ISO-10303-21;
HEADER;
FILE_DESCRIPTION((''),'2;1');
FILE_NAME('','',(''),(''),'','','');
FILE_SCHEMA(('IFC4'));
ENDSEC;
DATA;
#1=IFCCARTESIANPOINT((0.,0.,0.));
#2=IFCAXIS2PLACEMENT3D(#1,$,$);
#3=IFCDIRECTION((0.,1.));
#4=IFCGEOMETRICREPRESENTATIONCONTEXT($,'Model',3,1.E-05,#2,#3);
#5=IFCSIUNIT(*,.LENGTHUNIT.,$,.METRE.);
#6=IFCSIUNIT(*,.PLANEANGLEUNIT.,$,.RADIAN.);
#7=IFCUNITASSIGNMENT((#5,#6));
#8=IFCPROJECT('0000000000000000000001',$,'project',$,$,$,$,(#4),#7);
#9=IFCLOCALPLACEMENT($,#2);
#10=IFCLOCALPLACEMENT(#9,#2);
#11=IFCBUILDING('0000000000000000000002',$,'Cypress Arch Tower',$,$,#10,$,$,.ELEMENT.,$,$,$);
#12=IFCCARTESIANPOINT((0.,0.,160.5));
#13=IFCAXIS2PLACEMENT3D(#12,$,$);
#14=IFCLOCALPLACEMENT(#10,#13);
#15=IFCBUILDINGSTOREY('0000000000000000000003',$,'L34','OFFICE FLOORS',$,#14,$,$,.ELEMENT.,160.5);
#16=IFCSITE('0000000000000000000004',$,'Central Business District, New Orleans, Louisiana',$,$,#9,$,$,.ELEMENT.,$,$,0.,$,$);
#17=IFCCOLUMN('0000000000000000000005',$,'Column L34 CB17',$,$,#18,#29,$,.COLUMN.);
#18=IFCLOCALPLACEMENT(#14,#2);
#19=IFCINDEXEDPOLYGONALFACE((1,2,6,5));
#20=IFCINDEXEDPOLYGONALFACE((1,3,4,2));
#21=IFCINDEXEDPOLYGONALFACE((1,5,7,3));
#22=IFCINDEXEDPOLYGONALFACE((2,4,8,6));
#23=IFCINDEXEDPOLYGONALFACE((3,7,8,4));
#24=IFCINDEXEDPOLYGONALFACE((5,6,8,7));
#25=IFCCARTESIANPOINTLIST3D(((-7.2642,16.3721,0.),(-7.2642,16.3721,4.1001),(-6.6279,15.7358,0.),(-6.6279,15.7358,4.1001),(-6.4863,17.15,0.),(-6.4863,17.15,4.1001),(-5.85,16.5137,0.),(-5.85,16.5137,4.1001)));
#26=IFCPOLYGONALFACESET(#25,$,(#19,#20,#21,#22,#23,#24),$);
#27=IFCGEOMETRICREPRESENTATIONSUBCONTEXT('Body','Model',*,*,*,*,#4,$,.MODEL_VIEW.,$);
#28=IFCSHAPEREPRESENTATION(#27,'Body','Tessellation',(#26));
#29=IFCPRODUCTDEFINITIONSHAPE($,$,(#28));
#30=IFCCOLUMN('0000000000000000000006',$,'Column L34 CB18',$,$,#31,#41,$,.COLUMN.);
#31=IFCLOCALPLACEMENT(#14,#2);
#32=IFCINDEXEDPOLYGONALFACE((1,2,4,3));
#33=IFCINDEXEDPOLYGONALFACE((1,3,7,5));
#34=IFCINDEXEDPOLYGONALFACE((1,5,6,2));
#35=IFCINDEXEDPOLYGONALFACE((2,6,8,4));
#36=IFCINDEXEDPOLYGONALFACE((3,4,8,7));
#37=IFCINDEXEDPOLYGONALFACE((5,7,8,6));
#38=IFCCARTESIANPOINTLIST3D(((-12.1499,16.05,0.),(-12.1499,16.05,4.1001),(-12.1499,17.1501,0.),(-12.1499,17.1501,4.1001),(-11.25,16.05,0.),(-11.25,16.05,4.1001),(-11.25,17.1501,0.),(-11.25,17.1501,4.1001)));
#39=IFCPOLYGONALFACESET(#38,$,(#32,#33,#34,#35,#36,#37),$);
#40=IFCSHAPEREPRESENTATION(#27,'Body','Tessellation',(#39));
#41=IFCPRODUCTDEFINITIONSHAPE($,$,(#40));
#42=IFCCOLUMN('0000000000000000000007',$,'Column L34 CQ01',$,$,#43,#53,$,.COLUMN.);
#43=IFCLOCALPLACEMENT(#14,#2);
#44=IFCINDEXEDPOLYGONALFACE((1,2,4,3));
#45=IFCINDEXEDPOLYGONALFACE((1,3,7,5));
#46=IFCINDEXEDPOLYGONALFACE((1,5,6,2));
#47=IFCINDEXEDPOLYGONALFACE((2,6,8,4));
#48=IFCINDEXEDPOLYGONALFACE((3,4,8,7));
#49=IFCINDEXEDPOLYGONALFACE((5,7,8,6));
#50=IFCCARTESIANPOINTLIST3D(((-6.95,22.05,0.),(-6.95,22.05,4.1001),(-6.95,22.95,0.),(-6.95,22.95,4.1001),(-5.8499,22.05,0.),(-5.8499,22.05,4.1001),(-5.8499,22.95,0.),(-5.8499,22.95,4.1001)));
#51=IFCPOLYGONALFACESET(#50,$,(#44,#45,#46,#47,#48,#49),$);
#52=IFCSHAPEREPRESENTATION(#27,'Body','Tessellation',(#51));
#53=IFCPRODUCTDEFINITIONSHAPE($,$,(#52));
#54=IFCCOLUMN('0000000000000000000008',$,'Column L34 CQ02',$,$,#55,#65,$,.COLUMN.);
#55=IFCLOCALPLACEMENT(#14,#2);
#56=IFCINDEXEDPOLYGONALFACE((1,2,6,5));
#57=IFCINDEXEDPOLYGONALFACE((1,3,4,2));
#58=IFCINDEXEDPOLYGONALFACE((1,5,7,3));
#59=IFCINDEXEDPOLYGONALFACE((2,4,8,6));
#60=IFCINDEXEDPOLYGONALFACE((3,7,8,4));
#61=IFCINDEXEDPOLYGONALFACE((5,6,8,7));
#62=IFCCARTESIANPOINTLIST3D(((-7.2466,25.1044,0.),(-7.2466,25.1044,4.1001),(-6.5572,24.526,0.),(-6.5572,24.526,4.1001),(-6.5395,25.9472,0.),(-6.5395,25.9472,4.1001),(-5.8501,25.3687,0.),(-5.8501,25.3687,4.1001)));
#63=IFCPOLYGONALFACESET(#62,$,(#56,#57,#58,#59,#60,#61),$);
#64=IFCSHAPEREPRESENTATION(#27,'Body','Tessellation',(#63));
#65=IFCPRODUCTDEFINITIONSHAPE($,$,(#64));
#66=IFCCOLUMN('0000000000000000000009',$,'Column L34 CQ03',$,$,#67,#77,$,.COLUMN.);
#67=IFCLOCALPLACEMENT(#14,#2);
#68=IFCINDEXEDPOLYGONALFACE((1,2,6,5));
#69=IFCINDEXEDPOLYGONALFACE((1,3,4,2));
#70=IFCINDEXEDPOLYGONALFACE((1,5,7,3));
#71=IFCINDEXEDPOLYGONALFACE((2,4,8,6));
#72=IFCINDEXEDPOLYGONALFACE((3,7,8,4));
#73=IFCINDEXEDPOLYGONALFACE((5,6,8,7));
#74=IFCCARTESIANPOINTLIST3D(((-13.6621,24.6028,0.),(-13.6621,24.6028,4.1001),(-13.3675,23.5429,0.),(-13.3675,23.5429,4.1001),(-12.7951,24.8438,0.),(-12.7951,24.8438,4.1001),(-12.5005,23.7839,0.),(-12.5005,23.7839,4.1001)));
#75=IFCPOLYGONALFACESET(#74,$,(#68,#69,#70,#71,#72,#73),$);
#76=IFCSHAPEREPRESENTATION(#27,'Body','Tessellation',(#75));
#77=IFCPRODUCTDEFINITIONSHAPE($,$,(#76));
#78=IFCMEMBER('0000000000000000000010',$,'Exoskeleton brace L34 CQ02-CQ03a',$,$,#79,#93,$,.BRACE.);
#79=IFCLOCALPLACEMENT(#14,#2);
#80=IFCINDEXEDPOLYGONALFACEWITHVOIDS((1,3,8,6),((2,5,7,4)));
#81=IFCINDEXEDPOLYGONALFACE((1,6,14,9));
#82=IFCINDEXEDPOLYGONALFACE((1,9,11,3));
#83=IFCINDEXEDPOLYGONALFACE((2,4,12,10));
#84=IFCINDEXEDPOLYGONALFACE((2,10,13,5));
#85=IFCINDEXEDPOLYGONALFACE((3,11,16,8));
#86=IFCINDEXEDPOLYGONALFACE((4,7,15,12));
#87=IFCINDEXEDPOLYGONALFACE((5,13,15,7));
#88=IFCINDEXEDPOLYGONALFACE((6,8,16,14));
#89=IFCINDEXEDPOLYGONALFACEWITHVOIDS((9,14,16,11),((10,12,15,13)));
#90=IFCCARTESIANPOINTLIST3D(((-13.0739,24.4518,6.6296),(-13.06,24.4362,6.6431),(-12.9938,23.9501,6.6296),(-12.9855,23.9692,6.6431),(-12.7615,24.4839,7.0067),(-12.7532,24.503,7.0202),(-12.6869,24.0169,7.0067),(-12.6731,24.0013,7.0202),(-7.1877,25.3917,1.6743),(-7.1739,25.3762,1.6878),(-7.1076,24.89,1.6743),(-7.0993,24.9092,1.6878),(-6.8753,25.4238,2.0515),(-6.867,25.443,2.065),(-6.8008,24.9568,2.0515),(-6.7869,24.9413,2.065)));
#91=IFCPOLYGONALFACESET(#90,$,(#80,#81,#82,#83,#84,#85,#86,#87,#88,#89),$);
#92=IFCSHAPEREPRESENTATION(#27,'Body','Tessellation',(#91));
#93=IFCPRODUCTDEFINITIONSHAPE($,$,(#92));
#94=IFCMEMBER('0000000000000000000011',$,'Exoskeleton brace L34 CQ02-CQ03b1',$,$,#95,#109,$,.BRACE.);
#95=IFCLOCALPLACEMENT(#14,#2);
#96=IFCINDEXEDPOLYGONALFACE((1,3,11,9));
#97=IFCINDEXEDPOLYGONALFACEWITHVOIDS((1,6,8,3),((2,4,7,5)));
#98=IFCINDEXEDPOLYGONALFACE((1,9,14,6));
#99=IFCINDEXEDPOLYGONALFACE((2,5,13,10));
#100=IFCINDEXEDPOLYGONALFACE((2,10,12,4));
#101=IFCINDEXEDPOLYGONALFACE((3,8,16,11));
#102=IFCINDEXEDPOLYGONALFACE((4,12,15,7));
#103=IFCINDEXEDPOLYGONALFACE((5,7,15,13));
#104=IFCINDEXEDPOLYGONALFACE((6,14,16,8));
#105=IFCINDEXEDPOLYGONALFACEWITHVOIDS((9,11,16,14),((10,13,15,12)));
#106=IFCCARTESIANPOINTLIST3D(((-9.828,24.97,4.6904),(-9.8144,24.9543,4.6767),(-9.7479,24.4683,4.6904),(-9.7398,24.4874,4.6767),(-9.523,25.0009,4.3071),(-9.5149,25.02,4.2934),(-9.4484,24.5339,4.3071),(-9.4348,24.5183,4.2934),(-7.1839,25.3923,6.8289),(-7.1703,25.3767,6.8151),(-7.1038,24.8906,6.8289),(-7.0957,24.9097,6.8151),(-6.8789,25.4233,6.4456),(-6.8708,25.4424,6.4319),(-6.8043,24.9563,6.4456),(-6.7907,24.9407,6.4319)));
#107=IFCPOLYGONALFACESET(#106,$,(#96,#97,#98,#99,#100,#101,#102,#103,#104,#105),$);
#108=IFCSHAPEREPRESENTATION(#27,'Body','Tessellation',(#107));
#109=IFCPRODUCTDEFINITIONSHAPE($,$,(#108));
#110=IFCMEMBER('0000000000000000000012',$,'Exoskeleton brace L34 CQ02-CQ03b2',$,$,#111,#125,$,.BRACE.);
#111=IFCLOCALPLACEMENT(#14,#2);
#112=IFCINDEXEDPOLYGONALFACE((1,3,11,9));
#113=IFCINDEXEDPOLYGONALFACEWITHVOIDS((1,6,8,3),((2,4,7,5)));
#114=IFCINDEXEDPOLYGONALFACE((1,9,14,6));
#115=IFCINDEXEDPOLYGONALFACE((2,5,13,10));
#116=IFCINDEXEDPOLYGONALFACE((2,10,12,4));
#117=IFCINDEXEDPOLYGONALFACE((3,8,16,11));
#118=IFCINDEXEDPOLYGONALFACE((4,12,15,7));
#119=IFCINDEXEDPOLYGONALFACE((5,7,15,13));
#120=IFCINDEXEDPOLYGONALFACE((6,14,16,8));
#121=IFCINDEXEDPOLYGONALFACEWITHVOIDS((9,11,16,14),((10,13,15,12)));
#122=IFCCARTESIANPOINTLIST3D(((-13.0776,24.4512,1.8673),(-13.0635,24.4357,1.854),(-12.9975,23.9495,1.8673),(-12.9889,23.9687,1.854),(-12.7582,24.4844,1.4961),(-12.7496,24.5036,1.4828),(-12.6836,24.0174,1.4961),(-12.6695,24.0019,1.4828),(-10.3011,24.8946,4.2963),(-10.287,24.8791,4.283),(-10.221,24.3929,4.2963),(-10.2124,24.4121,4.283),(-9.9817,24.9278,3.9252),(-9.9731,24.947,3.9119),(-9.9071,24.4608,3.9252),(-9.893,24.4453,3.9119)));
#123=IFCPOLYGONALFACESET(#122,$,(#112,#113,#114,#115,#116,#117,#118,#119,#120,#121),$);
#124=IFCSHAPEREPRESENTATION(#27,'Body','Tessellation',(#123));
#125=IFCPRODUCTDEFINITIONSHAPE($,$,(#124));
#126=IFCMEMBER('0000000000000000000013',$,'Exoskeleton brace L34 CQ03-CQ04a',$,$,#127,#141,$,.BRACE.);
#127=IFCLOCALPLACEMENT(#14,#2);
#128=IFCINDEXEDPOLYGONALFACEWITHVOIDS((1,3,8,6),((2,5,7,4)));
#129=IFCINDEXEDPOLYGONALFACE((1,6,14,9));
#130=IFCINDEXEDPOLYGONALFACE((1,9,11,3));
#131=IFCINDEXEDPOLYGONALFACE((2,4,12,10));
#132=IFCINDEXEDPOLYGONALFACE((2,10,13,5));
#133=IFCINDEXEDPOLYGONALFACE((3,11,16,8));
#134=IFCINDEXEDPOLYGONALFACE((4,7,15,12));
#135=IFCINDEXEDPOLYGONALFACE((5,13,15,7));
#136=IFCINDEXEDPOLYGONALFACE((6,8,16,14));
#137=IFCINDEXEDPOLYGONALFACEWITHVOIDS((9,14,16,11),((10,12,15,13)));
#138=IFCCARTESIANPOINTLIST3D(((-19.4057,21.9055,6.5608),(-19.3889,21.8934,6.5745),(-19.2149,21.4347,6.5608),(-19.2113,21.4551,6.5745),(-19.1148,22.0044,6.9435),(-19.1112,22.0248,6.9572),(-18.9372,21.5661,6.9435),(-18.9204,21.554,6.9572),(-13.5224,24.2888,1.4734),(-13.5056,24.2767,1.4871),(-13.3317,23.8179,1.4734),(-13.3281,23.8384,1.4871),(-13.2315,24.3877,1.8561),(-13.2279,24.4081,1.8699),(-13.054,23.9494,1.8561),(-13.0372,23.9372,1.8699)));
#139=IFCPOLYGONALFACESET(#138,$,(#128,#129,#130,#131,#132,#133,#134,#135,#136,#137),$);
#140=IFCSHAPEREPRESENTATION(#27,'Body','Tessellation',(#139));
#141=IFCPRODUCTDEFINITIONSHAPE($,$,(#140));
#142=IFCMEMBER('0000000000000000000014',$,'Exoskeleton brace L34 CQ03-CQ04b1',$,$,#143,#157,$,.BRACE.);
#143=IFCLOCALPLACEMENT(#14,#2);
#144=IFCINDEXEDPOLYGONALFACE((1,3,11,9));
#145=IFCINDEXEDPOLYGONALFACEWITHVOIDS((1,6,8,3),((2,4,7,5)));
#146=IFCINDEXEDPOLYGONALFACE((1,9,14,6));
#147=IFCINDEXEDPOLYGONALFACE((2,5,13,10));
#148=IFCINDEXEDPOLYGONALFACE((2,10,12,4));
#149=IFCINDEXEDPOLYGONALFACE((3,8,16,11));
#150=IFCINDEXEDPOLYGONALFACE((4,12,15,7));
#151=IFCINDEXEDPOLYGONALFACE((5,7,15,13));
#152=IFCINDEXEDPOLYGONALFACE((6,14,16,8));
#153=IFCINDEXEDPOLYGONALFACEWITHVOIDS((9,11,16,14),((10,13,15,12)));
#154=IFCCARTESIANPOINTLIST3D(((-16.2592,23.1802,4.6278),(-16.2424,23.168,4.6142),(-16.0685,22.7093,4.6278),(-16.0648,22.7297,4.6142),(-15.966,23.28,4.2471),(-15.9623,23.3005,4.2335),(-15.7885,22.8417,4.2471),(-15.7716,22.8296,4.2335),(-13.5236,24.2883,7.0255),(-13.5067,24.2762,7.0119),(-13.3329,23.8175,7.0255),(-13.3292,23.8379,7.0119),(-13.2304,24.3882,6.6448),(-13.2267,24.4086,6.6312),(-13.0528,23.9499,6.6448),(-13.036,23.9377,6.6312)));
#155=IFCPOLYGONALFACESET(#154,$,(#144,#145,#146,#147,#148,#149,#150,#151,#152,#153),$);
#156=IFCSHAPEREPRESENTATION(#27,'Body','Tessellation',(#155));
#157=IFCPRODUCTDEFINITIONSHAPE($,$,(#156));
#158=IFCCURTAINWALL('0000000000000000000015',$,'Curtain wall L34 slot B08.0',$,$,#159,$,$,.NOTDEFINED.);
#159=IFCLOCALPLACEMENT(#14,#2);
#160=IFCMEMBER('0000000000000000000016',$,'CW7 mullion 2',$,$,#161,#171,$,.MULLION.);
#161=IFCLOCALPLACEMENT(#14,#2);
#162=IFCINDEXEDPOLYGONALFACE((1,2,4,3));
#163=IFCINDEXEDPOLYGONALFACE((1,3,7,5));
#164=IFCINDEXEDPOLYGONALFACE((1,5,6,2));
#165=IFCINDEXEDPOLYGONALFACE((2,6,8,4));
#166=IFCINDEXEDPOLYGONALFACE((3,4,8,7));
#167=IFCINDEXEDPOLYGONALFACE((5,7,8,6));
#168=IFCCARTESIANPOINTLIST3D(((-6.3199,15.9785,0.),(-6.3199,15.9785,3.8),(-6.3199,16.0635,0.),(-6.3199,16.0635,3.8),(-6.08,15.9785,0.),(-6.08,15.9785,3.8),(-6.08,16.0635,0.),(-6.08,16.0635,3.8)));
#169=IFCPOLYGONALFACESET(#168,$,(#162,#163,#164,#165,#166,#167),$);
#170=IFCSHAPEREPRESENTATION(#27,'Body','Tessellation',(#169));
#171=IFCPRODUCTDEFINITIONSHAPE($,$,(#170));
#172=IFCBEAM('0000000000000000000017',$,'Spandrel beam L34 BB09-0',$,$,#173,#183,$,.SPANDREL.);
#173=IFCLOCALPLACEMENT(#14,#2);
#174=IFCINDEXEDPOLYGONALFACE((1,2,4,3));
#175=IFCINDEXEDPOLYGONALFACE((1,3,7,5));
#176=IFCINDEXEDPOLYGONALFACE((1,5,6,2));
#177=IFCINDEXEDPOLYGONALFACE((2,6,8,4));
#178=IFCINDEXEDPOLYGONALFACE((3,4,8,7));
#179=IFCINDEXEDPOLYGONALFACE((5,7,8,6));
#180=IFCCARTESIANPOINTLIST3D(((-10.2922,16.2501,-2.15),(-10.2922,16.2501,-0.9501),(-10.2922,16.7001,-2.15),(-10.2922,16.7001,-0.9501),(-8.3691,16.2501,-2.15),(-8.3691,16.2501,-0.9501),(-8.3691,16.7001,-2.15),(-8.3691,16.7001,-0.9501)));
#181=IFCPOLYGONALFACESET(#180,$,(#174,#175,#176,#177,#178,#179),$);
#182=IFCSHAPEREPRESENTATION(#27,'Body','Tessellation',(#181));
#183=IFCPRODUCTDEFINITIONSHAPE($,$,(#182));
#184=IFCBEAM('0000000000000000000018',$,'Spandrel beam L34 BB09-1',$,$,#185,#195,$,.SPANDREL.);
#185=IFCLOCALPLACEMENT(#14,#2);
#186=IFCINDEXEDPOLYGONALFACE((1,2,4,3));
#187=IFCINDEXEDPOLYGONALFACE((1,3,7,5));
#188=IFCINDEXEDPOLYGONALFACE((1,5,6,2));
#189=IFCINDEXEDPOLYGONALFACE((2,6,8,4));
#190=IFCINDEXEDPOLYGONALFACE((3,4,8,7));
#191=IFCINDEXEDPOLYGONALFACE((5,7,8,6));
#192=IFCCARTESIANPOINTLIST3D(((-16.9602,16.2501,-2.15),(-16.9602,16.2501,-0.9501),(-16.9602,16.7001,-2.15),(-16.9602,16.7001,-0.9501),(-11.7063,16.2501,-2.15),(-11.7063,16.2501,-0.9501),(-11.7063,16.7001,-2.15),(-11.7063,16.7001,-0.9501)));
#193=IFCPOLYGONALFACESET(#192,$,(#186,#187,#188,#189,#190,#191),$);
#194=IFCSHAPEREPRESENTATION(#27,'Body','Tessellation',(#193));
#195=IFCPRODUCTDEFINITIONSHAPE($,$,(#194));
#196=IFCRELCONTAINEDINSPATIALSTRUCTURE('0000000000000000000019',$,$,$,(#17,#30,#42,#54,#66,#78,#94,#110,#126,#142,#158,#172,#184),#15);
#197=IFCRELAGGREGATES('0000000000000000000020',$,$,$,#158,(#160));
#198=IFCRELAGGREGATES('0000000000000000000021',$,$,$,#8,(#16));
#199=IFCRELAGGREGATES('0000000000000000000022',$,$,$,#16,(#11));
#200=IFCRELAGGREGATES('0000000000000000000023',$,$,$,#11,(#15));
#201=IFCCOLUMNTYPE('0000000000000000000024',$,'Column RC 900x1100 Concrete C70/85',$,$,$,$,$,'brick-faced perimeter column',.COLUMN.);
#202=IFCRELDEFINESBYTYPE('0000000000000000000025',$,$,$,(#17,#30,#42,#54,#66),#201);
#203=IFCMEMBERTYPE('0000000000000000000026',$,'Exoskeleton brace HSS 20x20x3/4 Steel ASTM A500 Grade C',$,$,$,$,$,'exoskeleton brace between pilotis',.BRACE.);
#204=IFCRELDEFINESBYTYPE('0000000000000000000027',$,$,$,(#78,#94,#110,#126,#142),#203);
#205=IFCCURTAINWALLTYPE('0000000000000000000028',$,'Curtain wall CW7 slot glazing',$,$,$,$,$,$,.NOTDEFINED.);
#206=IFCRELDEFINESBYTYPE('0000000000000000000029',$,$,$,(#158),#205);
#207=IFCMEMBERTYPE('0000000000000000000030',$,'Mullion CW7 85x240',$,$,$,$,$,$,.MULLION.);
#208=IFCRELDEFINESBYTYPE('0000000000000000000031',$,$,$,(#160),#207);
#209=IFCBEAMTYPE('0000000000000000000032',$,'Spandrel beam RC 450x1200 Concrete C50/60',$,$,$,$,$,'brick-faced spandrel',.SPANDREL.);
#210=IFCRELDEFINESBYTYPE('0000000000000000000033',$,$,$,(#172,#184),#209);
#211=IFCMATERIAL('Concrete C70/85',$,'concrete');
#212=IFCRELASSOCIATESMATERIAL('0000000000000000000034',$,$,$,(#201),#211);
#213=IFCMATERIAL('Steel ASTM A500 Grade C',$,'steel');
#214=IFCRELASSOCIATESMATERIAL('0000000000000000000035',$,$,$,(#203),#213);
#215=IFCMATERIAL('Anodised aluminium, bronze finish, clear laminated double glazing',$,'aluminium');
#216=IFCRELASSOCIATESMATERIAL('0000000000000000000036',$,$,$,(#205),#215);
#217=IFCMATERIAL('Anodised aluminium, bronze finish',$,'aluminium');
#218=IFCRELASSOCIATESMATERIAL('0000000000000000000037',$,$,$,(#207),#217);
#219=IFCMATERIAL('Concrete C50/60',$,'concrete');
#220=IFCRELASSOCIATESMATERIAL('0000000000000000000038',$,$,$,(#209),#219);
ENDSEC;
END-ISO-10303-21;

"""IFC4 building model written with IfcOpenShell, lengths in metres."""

from ifc_helpers import new_model, si_unit, direction, frame, origin, origin_2d, place, context, subcontext, project, spatial, rectangle, hollow_rectangle, extrude, material, material_profile, profile_set, type_object, element, aggregate, save


model = new_model("IFC4")

# Units and contexts
model_context = context("Model", 3, precision=1e-05, world=origin(), true_north=direction((0.0, 1.0)))
body_context = subcontext(model_context, "Body", "Model", "MODEL_VIEW")
ifc_project = project(units=[si_unit("LENGTHUNIT", "METRE"), si_unit("PLANEANGLEUNIT", "RADIAN")], contexts=[model_context])

# Site, building, storey
site_placement = place(None, origin())
site = spatial("IfcSite", under=ifc_project, at=site_placement, Name="Central Business District, New Orleans, Louisiana", CompositionType="ELEMENT", RefElevation=0.0)
building_placement = place(site_placement, origin())
building = spatial("IfcBuilding", under=site, at=building_placement, Name="Cypress Arch Tower", CompositionType="ELEMENT")
storey_placement = place(building_placement, frame((0.0, 0.0, 160.5)))
storey = spatial("IfcBuildingStorey", under=building, at=storey_placement, Name="L34", Description="OFFICE FLOORS", CompositionType="ELEMENT", Elevation=160.5)

# Columns
ifc_material_1 = material(Name="Concrete C70/85", Category="concrete")
ifc_material_profile_1 = material_profile(ifc_material_1, rectangle(XDim=0.8999, YDim=1.1001, at=origin_2d()), Name="RC 900x1100")
ifc_profile_set_1 = profile_set([ifc_material_profile_1], Name="Concrete C70/85")
column_type = type_object("IfcColumnType", Name="Column RC 900x1100 Concrete C70/85", ElementType="brick-faced perimeter column", PredefinedType="COLUMN", material=ifc_profile_set_1)
for number, where, z_axis, x_axis, name in (
    (1, (-6.5571, 16.4429, 0.0), (0.0, 0.0, 1.0), (-0.707107, 0.707107, 0.0), "Column L34 CB17"),
    (2, (-11.7, 16.6001, 0.0), (0.0, 0.0, 1.0), (-1.0, 0.0, 0.0), "Column L34 CB18"),
    (3, (-6.3999, 22.5, 0.0), (0.0, 0.0, 1.0), (0.0, 1.0, 0.0), "Column L34 CQ01"),
    (4, (-6.5483, 25.2366, 0.0), (0.0, 0.0, 1.0), (-0.766064, 0.642765, 0.0), "Column L34 CQ02"),
    (5, (-13.0813, 24.1934, 0.0), (0.0, 0.0, 1.0), (-0.963456, -0.267868, 0.0), "Column L34 CQ03"),
):
    element("IfcColumn", number, at=place(storey_placement, frame(where, z_axis=z_axis, x_axis=x_axis)), inside=storey, type_object=column_type, Name=name, PredefinedType="COLUMN", context=body_context, shape_type="SweptSolid", body=[
        extrude(rectangle(XDim=0.8999, YDim=1.1001, at=origin_2d()), origin(), (0.0, 0.0, 1.0), 4.1001),
    ])

# Members
ifc_material_2 = material(Name="Steel ASTM A500 Grade C", Category="steel")
ifc_material_profile_2 = material_profile(ifc_material_2, hollow_rectangle(XDim=0.5081, YDim=0.5081, WallThickness=0.0176, at=origin_2d()), Name="HSS 20x20x3/4")
ifc_profile_set_2 = profile_set([ifc_material_profile_2], Name="Steel ASTM A500 Grade C")
member_type_1 = type_object("IfcMemberType", Name="Exoskeleton brace HSS 20x20x3/4 Steel ASTM A500 Grade C", ElementType="exoskeleton brace between pilotis", PredefinedType="BRACE", material=ifc_profile_set_2)
member_1_placement = place(storey_placement, frame((-6.9873, 25.1665, 1.8696), z_axis=(-0.759362, -0.121259, 0.639269), x_axis=(0.157687, -0.987489, 0.0)))
element("IfcMember", 6, at=member_1_placement, inside=storey, type_object=member_type_1, Name="Exoskeleton brace L34 CQ02-CQ03a", PredefinedType="BRACE", context=body_context, shape_type="SweptSolid", body=[
    extrude(hollow_rectangle(XDim=0.5081, YDim=0.5081, WallThickness=0.0176, at=origin_2d()), origin(), (0.0, 0.0, 1.0), 7.7515),
])
member_2_placement = place(storey_placement, frame((-6.9873, 25.1665, 6.6304), z_axis=(-0.771602, -0.123257, -0.62405), x_axis=(0.157742, -0.98748, 0.0)))
element("IfcMember", 7, at=member_2_placement, inside=storey, type_object=member_type_1, Name="Exoskeleton brace L34 CQ02-CQ03b1", PredefinedType="BRACE", context=body_context, shape_type="SweptSolid", body=[
    extrude(hollow_rectangle(XDim=0.5081, YDim=0.5081, WallThickness=0.0176, at=origin_2d()), origin(), (0.0, 0.0, 1.0), 3.4268),
])
member_3_placement = place(storey_placement, frame((-12.8735, 24.2266, 1.675), z_axis=(0.747248, 0.119328, 0.653744), x_axis=(-0.157692, 0.987488, 0.0)))
element("IfcMember", 8, at=member_3_placement, inside=storey, type_object=member_type_1, Name="Exoskeleton brace L34 CQ02-CQ03b2", PredefinedType="BRACE", context=body_context, shape_type="SweptSolid", body=[
    extrude(hollow_rectangle(XDim=0.5081, YDim=0.5081, WallThickness=0.0176, at=origin_2d()), origin(), (0.0, 0.0, 1.0), 3.7156),
])
member_4_placement = place(storey_placement, frame((-13.2798, 24.113, 1.6716), z_axis=(-0.723226, -0.292976, 0.625387), x_axis=(0.375459, -0.926839, 0.0)))
element("IfcMember", 9, at=member_4_placement, inside=storey, type_object=member_type_1, Name="Exoskeleton brace L34 CQ03-CQ04a", PredefinedType="BRACE", context=body_context, shape_type="SweptSolid", body=[
    extrude(hollow_rectangle(XDim=0.5081, YDim=0.5081, WallThickness=0.0176, at=origin_2d()), origin(), (0.0, 0.0, 1.0), 8.1348),
])
member_5_placement = place(storey_placement, frame((-13.2798, 24.113, 6.8284), z_axis=(-0.719384, -0.291413, -0.630528), x_axis=(0.375452, -0.926842, 0.0)))
element("IfcMember", 10, at=member_5_placement, inside=storey, type_object=member_type_1, Name="Exoskeleton brace L34 CQ03-CQ04b1", PredefinedType="BRACE", context=body_context, shape_type="SweptSolid", body=[
    extrude(hollow_rectangle(XDim=0.5081, YDim=0.5081, WallThickness=0.0176, at=origin_2d()), origin(), (0.0, 0.0, 1.0), 3.8027),
])

# Curtain wall, member
ifc_material_3 = material(Name="Anodised aluminium, bronze finish, clear laminated double glazing", Category="aluminium")
curtain_wall_type = type_object("IfcCurtainWallType", Name="Curtain wall CW7 slot glazing", PredefinedType="NOTDEFINED", material=ifc_material_3)
curtain_wall_placement = place(storey_placement, origin())
curtain_wall = element("IfcCurtainWall", 11, at=curtain_wall_placement, inside=storey, type_object=curtain_wall_type, Name="Curtain wall L34 slot B08.0", PredefinedType="NOTDEFINED")
ifc_material_4 = material(Name="Anodised aluminium, bronze finish", Category="aluminium")
ifc_material_profile_3 = material_profile(ifc_material_4, rectangle(XDim=0.24, YDim=0.085, at=origin_2d()), Name="Mullion 85x240")
ifc_profile_set_3 = profile_set([ifc_material_profile_3], Name="Anodised aluminium, bronze finish")
member_type_2 = type_object("IfcMemberType", Name="Mullion CW7 85x240", PredefinedType="MULLION", material=ifc_profile_set_3)
member_6_placement = place(storey_placement, frame((-6.2, 16.021, 0.0), z_axis=(0.0, 0.0, 1.0), x_axis=(-1.0, 0.0, 0.0)))
member_6 = element("IfcMember", 12, at=member_6_placement, type_object=member_type_2, Name="CW7 mullion 2", PredefinedType="MULLION", context=body_context, shape_type="SweptSolid", body=[
    extrude(rectangle(XDim=0.24, YDim=0.085, at=origin_2d()), origin(), (0.0, 0.0, 1.0), 3.8),
])

# Beams
ifc_material_5 = material(Name="Concrete C50/60", Category="concrete")
ifc_material_profile_4 = material_profile(ifc_material_5, rectangle(XDim=0.45, YDim=1.2, at=origin_2d()), Name="RC 450x1200")
ifc_profile_set_4 = profile_set([ifc_material_profile_4], Name="Concrete C50/60")
beam_type_1 = type_object("IfcBeamType", Name="Spandrel beam RC 450x1200 Concrete C50/60", ElementType="brick-faced spandrel", PredefinedType="SPANDREL", material=ifc_profile_set_4)
beam_1_placement = place(storey_placement, frame((-8.3691, 16.4751, -1.55), z_axis=(-1.0, 0.0, 0.0), x_axis=(0.0, -1.0, 0.0)))
element("IfcBeam", 13, at=beam_1_placement, inside=storey, type_object=beam_type_1, Name="Spandrel beam L34 BB09-0", PredefinedType="SPANDREL", context=body_context, shape_type="SweptSolid", body=[
    extrude(rectangle(XDim=0.45, YDim=1.2, at=origin_2d()), origin(), (0.0, 0.0, 1.0), 1.9231),
])
beam_2_placement = place(storey_placement, frame((-11.7063, 16.4751, -1.55), z_axis=(-1.0, 0.0, 0.0), x_axis=(0.0, -1.0, 0.0)))
element("IfcBeam", 14, at=beam_2_placement, inside=storey, type_object=beam_type_1, Name="Spandrel beam L34 BB09-1", PredefinedType="SPANDREL", context=body_context, shape_type="SweptSolid", body=[
    extrude(rectangle(XDim=0.45, YDim=1.2, at=origin_2d()), origin(), (0.0, 0.0, 1.0), 5.2539),
])

aggregate(curtain_wall, [member_6])

save(model, "model.ifc")
